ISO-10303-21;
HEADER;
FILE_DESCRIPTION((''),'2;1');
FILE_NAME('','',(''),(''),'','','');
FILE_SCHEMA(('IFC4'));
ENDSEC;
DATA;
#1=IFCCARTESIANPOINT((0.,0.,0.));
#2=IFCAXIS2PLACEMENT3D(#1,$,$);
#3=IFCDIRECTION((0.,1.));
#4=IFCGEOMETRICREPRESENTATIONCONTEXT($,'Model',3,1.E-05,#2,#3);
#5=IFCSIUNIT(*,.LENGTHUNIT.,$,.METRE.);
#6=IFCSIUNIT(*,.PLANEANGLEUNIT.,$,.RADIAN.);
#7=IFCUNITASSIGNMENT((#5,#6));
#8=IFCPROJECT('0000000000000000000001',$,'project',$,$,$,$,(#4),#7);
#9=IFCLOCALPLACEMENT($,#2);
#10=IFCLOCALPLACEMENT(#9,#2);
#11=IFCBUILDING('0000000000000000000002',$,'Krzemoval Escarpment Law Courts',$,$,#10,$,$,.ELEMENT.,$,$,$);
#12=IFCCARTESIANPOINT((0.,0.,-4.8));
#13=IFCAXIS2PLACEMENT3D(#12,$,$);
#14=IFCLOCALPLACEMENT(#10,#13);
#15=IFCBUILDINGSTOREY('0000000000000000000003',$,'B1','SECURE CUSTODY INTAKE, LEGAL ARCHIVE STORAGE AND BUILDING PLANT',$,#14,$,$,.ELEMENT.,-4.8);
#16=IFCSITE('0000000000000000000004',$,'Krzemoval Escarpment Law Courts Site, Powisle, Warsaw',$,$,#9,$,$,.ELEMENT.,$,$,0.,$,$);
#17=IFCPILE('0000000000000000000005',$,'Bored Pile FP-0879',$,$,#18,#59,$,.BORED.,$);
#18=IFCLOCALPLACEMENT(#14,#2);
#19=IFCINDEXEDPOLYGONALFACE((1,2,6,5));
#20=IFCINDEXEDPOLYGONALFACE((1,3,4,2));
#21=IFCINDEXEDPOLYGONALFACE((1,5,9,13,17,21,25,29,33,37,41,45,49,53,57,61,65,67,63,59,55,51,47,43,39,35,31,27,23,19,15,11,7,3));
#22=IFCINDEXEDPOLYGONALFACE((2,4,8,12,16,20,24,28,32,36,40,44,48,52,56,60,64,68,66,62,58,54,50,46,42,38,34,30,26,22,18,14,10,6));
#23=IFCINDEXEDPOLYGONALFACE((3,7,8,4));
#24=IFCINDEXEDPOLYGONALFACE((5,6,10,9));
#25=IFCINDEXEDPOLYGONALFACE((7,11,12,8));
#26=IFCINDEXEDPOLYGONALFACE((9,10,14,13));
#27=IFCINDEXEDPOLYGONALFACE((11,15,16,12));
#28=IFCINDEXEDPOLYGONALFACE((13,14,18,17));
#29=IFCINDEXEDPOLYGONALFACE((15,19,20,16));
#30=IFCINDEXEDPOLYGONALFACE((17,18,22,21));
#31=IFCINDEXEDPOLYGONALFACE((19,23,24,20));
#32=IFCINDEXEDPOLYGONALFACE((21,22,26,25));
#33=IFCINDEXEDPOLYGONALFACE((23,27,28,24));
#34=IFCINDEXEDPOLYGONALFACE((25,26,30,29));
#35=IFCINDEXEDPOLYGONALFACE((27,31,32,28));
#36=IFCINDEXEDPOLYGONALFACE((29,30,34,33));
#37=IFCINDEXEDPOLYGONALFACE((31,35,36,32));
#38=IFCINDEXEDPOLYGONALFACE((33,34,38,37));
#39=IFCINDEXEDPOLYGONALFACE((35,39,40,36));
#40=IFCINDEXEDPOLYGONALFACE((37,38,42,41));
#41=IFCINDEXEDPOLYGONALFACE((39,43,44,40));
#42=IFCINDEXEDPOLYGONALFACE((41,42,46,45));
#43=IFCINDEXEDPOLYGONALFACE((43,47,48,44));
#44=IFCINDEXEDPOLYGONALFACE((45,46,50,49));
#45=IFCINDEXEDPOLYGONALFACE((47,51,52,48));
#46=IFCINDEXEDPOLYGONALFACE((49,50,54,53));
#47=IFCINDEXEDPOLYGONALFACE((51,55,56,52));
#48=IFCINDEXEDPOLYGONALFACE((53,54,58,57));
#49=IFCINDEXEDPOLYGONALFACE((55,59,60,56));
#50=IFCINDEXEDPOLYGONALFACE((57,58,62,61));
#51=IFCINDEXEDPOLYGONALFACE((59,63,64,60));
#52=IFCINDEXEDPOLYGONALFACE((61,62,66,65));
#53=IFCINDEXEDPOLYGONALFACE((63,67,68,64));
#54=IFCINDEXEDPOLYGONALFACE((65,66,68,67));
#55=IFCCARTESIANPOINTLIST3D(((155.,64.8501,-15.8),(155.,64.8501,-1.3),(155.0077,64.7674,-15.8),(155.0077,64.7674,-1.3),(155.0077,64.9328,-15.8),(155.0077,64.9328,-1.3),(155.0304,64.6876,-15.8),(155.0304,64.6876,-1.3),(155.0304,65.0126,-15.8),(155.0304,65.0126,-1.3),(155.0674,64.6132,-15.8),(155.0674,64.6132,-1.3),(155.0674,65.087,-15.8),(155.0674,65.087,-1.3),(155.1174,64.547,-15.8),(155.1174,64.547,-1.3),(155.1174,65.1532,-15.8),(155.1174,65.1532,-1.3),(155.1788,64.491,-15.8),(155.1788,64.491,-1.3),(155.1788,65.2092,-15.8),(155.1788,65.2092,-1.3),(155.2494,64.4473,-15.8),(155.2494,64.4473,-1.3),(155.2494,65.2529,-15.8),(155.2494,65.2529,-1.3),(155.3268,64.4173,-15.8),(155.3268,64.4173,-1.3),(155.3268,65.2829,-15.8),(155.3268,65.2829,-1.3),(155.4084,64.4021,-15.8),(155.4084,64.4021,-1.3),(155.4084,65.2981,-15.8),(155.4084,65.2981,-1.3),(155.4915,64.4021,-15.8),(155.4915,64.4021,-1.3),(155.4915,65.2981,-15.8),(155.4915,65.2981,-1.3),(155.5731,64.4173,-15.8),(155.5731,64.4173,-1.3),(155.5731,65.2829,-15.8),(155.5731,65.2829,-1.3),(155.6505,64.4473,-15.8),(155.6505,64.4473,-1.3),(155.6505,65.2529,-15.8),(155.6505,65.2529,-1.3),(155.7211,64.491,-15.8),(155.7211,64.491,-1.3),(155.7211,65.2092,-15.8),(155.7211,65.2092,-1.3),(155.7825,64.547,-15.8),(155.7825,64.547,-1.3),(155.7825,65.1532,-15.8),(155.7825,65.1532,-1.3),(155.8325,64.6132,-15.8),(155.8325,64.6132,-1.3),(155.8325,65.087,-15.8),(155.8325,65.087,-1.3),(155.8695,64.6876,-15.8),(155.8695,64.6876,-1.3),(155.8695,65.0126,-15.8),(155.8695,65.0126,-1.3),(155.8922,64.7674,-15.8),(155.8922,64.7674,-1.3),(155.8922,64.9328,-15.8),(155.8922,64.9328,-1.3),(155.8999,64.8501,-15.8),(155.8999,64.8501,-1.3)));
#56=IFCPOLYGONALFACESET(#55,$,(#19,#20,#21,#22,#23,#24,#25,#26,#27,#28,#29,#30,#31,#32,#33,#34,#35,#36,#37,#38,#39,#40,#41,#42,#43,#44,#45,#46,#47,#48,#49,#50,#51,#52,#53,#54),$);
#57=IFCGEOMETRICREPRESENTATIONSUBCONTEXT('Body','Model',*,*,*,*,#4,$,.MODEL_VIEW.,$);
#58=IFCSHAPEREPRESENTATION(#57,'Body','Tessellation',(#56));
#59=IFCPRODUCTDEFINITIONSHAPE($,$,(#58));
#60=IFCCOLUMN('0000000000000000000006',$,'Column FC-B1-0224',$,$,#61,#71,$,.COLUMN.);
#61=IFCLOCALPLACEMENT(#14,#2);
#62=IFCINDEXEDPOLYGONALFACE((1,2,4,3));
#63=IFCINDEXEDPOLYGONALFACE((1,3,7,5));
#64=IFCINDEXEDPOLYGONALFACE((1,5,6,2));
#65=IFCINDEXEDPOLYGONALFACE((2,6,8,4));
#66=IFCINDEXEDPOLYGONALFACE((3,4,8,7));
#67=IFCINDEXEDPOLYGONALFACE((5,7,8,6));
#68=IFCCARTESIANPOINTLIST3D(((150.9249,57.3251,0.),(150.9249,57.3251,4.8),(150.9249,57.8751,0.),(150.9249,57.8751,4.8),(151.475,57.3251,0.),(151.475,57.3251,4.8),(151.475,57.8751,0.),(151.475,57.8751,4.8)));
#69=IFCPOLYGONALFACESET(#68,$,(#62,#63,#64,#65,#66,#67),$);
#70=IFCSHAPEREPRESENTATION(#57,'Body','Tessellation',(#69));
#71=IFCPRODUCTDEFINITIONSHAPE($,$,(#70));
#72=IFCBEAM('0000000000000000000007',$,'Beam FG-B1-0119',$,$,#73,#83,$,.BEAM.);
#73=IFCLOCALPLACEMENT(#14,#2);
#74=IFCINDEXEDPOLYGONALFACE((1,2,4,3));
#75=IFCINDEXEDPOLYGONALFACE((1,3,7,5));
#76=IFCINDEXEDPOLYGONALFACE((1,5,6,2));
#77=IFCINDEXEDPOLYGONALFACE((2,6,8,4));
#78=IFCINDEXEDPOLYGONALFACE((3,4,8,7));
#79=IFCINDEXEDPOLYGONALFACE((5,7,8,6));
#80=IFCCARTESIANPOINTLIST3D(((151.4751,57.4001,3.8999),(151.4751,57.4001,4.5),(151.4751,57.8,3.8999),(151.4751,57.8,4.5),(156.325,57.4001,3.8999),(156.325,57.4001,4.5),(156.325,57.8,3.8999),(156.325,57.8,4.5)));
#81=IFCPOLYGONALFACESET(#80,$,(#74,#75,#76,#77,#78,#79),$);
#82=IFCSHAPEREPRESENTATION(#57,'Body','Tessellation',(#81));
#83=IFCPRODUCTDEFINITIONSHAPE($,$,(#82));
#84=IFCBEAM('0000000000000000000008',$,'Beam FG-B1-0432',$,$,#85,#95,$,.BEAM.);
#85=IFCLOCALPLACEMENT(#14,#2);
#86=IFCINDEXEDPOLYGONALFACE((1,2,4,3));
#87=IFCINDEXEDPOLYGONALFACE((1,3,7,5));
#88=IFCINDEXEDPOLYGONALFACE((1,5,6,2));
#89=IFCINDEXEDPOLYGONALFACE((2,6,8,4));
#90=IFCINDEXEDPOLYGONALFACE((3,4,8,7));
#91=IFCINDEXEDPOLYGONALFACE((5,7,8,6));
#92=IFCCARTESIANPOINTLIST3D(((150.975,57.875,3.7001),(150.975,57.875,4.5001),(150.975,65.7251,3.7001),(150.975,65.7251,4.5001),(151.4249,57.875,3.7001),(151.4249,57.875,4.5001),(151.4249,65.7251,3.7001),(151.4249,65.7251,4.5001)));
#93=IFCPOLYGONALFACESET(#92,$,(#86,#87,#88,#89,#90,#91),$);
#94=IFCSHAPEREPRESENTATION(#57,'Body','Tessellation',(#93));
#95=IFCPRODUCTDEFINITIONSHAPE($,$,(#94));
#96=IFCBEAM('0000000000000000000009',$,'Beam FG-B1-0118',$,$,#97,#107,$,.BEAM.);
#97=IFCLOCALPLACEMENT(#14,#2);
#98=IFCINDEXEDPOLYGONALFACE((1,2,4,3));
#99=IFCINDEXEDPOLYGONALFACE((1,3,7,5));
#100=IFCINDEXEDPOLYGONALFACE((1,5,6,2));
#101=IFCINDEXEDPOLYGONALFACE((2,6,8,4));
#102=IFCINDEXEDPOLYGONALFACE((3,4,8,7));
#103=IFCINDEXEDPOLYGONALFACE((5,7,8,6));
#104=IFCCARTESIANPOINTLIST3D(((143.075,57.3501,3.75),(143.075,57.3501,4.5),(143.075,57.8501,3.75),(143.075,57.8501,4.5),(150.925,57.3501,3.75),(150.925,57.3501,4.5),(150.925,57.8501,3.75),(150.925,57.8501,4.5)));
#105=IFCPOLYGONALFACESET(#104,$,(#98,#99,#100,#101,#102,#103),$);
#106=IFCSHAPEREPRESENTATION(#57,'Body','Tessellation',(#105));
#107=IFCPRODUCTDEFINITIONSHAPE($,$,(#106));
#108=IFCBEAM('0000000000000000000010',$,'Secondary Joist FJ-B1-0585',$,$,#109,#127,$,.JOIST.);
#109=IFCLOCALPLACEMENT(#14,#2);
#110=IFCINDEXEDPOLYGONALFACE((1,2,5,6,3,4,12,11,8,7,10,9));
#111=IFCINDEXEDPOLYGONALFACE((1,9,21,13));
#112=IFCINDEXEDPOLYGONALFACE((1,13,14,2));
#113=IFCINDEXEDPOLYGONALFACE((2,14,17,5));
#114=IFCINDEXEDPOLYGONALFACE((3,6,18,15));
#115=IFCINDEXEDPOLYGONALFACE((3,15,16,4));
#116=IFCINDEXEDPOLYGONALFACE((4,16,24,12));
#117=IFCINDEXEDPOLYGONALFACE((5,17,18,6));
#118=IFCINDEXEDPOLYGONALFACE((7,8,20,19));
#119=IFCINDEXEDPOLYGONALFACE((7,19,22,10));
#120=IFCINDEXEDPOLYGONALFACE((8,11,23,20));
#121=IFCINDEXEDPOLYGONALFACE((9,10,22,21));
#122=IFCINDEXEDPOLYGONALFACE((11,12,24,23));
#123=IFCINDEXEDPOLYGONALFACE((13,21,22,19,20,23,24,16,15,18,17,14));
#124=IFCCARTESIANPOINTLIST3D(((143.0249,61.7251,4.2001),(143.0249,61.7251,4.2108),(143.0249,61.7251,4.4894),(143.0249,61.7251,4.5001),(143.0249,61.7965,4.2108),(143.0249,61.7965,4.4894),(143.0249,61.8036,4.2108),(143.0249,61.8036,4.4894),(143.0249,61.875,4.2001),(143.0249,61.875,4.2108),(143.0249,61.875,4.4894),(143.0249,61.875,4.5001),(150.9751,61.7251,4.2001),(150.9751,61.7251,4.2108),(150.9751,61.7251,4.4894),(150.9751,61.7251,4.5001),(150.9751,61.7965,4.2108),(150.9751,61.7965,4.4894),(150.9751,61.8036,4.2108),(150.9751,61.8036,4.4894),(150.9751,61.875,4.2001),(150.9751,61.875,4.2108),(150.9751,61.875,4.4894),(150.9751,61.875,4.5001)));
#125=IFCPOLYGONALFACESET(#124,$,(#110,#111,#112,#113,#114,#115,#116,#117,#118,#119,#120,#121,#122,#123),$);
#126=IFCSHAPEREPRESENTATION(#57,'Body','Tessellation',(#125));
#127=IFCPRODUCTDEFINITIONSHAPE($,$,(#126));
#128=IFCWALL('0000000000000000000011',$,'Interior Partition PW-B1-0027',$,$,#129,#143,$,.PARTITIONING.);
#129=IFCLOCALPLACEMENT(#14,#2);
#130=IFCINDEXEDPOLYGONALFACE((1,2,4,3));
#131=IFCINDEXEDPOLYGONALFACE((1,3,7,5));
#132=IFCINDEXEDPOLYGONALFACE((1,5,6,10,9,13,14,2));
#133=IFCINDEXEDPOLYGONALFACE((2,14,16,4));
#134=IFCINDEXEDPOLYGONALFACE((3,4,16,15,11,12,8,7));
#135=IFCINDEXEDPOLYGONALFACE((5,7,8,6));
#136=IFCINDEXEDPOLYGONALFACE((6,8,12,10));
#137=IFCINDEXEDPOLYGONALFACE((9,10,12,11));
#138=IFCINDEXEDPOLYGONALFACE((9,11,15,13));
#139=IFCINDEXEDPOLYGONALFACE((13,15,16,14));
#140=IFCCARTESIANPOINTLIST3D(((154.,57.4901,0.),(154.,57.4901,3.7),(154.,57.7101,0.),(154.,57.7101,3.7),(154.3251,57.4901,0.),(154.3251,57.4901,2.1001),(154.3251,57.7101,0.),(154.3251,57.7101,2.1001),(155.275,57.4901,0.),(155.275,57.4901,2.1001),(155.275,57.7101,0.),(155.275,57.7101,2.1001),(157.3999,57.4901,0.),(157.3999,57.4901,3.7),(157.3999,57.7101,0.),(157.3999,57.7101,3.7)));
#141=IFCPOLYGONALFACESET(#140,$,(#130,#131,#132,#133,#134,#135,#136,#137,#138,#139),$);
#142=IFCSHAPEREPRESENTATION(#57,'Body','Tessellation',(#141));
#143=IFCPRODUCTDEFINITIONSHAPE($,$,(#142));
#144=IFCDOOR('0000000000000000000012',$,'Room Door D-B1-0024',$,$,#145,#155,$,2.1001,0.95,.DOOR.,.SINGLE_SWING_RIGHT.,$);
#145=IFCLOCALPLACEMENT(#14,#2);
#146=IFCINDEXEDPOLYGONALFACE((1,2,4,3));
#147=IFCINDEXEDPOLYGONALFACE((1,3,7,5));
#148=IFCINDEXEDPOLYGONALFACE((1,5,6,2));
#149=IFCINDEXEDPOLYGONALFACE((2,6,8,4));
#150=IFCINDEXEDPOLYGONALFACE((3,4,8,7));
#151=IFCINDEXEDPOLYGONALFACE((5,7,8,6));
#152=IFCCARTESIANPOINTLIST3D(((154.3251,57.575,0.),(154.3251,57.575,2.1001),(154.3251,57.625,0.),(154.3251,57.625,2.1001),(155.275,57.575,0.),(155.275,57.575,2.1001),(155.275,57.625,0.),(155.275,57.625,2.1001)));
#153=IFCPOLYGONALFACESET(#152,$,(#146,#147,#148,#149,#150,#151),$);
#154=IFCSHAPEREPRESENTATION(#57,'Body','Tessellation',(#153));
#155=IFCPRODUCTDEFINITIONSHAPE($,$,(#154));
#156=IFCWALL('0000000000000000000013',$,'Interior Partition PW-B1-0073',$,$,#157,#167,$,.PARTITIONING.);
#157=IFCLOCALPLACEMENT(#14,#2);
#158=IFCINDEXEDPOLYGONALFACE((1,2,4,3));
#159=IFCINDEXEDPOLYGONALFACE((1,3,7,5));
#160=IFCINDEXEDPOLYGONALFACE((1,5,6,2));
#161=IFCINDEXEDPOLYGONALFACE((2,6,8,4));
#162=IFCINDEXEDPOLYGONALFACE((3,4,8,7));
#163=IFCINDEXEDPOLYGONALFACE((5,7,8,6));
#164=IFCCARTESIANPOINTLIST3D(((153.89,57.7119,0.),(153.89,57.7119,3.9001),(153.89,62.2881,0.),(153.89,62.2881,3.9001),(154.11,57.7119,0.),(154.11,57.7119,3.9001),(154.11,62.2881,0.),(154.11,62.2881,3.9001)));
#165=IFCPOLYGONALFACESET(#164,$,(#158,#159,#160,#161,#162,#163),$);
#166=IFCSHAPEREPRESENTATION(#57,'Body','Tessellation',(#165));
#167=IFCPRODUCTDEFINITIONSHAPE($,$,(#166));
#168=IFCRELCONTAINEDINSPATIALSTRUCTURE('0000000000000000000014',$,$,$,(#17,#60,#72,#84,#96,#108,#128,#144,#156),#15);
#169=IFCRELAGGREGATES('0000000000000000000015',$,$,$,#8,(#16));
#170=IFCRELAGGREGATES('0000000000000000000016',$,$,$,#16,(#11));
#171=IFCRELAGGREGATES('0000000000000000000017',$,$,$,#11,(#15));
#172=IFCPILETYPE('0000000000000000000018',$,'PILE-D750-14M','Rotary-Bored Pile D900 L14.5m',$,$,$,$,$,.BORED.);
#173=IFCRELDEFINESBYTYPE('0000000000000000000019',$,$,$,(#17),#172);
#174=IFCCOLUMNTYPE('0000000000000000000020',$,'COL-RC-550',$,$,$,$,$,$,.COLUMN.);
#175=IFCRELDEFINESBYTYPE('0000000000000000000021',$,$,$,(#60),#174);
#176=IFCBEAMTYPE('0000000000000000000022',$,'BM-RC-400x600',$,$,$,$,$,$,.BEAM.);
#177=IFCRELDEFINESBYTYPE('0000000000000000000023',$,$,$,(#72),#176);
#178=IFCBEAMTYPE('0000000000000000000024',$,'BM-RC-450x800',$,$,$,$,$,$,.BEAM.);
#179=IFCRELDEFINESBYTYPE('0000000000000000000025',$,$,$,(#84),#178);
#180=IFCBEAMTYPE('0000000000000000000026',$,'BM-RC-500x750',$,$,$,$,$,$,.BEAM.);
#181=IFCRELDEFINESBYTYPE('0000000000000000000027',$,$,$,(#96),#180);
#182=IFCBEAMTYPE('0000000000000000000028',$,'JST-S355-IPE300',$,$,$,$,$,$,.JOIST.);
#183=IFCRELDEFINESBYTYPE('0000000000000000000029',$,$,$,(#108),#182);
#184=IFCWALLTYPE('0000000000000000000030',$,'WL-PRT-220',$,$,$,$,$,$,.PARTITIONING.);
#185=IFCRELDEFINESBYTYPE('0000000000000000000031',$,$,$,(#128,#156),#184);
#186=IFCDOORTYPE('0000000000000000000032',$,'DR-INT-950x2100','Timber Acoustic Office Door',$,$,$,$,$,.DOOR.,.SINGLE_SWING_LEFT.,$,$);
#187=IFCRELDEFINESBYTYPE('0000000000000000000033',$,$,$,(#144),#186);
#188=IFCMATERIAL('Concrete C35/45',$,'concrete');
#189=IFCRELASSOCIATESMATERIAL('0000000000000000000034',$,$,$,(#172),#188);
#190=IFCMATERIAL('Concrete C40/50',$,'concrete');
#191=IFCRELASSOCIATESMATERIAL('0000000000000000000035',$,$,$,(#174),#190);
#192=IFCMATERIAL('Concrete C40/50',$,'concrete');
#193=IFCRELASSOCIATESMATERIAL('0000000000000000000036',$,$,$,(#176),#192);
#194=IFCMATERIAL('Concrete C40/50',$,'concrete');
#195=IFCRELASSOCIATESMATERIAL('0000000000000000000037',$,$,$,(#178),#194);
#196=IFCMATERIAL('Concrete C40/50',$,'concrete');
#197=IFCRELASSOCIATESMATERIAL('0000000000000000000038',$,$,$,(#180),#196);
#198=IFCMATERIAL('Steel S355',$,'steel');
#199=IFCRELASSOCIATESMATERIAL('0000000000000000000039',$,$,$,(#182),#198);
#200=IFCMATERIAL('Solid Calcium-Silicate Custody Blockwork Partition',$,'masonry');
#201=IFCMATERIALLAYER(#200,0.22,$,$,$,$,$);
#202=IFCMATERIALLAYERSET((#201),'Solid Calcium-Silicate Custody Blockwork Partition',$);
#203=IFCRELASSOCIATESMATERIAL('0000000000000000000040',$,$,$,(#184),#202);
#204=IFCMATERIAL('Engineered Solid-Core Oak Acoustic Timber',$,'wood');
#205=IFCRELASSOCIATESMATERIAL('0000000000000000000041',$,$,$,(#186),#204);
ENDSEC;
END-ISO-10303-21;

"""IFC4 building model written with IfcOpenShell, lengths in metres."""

from ifc_helpers import new_model, si_unit, direction, frame, frame_2d, origin, origin_2d, place, context, subcontext, project, spatial, rectangle, circle, i_section, extrude, material, layer, layer_set, material_profile, profile_set, type_object, element, fill, save


model = new_model("IFC4")

# Units and contexts
model_context = context("Model", 3, precision=1e-05, world=origin(), true_north=direction((0.0, 1.0)))
body_context = subcontext(model_context, "Body", "Model", "MODEL_VIEW")
ifc_project = project(units=[si_unit("LENGTHUNIT", "METRE"), si_unit("PLANEANGLEUNIT", "RADIAN")], contexts=[model_context])

# Site, building, storey
site_placement = place(None, origin())
site = spatial("IfcSite", under=ifc_project, at=site_placement, Name="Krzemoval Escarpment Law Courts Site, Powisle, Warsaw", CompositionType="ELEMENT", RefElevation=0.0)
building_placement = place(site_placement, origin())
building = spatial("IfcBuilding", under=site, at=building_placement, Name="Krzemoval Escarpment Law Courts", CompositionType="ELEMENT")
storey_placement = place(building_placement, frame((0.0, 0.0, -4.8)))
storey = spatial("IfcBuildingStorey", under=building, at=storey_placement, Name="B1", Description="SECURE CUSTODY INTAKE, LEGAL ARCHIVE STORAGE AND BUILDING PLANT", CompositionType="ELEMENT", Elevation=-4.8)

# Pile
ifc_material_1 = material(Name="Concrete C35/45", Category="concrete")
ifc_material_profile_1 = material_profile(ifc_material_1, circle(Radius=0.45, at=origin_2d()), Name="PILE D900")
ifc_profile_set_1 = profile_set([ifc_material_profile_1], Name="Concrete C35/45")
pile_type = type_object("IfcPileType", Name="PILE-D750-14M", Description="Rotary-Bored Pile D900 L14.5m", PredefinedType="BORED", material=ifc_profile_set_1)
for number, where, z_axis, x_axis, name in (
    (1, (155.45, 64.8501, -1.3), (0.0, 0.0, -1.0), (1.0, 0.0, 0.0), "Bored Pile FP-0879"),
):
    element("IfcPile", number, at=place(storey_placement, frame(where, z_axis=z_axis, x_axis=x_axis)), inside=storey, type_object=pile_type, Name=name, PredefinedType="BORED", context=body_context, shape_type="SweptSolid", body=[
        extrude(circle(Radius=0.45, at=origin_2d()), origin(), (0.0, 0.0, 1.0), 14.5),
    ])

# Column
ifc_material_2 = material(Name="Concrete C40/50", Category="concrete")
ifc_material_profile_2 = material_profile(ifc_material_2, rectangle(XDim=0.55, YDim=0.55, at=origin_2d()), Name="RC 550x550")
ifc_profile_set_2 = profile_set([ifc_material_profile_2], Name="Concrete C40/50")
column_type = type_object("IfcColumnType", Name="COL-RC-550", PredefinedType="COLUMN", material=ifc_profile_set_2)
column_placement = place(storey_placement, frame((151.2, 57.6001, 0.0), z_axis=(0.0, 0.0, 1.0), x_axis=(1.0, 0.0, 0.0)))
element("IfcColumn", 2, at=column_placement, inside=storey, type_object=column_type, Name="Column FC-B1-0224", PredefinedType="COLUMN", context=body_context, shape_type="SweptSolid", body=[
    extrude(rectangle(XDim=0.55, YDim=0.55, at=origin_2d()), origin(), (0.0, 0.0, 1.0), 4.8),
])

# Beams
ifc_material_3 = material(Name="Concrete C40/50", Category="concrete")
ifc_material_profile_3 = material_profile(ifc_material_3, rectangle(XDim=0.3999, YDim=0.6001, at=origin_2d()), Name="RCB 400x600")
ifc_profile_set_3 = profile_set([ifc_material_profile_3], Name="Concrete C40/50")
beam_type_1 = type_object("IfcBeamType", Name="BM-RC-400x600", PredefinedType="BEAM", material=ifc_profile_set_3)
beam_1_placement = place(storey_placement, frame((151.4751, 57.6001, 4.2), z_axis=(1.0, 0.0, 0.0), x_axis=(0.0, 1.0, 0.0)))
element("IfcBeam", 3, at=beam_1_placement, inside=storey, type_object=beam_type_1, Name="Beam FG-B1-0119", PredefinedType="BEAM", context=body_context, shape_type="SweptSolid", body=[
    extrude(rectangle(XDim=0.3999, YDim=0.6001, at=origin_2d()), origin(), (0.0, 0.0, 1.0), 4.8499),
])
ifc_material_4 = material(Name="Concrete C40/50", Category="concrete")
ifc_material_profile_4 = material_profile(ifc_material_4, rectangle(XDim=0.45, YDim=0.8, at=origin_2d()), Name="RCB 450x800")
ifc_profile_set_4 = profile_set([ifc_material_profile_4], Name="Concrete C40/50")
beam_type_2 = type_object("IfcBeamType", Name="BM-RC-450x800", PredefinedType="BEAM", material=ifc_profile_set_4)
beam_2_placement = place(storey_placement, frame((151.2, 57.875, 4.1001), z_axis=(0.0, 1.0, 0.0), x_axis=(-1.0, 0.0, 0.0)))
element("IfcBeam", 4, at=beam_2_placement, inside=storey, type_object=beam_type_2, Name="Beam FG-B1-0432", PredefinedType="BEAM", context=body_context, shape_type="SweptSolid", body=[
    extrude(rectangle(XDim=0.45, YDim=0.8, at=origin_2d()), origin(), (0.0, 0.0, 1.0), 7.8501),
])
ifc_material_5 = material(Name="Concrete C40/50", Category="concrete")
ifc_material_profile_5 = material_profile(ifc_material_5, rectangle(XDim=0.5, YDim=0.75, at=origin_2d()), Name="RCB 500x750")
ifc_profile_set_5 = profile_set([ifc_material_profile_5], Name="Concrete C40/50")
beam_type_3 = type_object("IfcBeamType", Name="BM-RC-500x750", PredefinedType="BEAM", material=ifc_profile_set_5)
beam_3_placement = place(storey_placement, frame((143.075, 57.6001, 4.125), z_axis=(1.0, 0.0, 0.0), x_axis=(0.0, 1.0, 0.0)))
element("IfcBeam", 5, at=beam_3_placement, inside=storey, type_object=beam_type_3, Name="Beam FG-B1-0118", PredefinedType="BEAM", context=body_context, shape_type="SweptSolid", body=[
    extrude(rectangle(XDim=0.5, YDim=0.75, at=origin_2d()), origin(), (0.0, 0.0, 1.0), 7.8501),
])
ifc_material_6 = material(Name="Steel S355", Category="steel")
ifc_material_profile_6 = material_profile(ifc_material_6, i_section(OverallWidth=0.1499, OverallDepth=0.3, WebThickness=0.0071, FlangeThickness=0.0107, at=origin_2d()), Name="IPE 300")
ifc_profile_set_6 = profile_set([ifc_material_profile_6], Name="Steel S355")
beam_type_4 = type_object("IfcBeamType", Name="JST-S355-IPE300", PredefinedType="JOIST", material=ifc_profile_set_6)
beam_4_placement = place(storey_placement, frame((143.0249, 61.8, 4.3501), z_axis=(1.0, 0.0, 0.0), x_axis=(0.0, 1.0, 0.0)))
element("IfcBeam", 6, at=beam_4_placement, inside=storey, type_object=beam_type_4, Name="Secondary Joist FJ-B1-0585", PredefinedType="JOIST", context=body_context, shape_type="SweptSolid", body=[
    extrude(i_section(OverallWidth=0.1499, OverallDepth=0.3, WebThickness=0.0071, FlangeThickness=0.0107, at=origin_2d()), origin(), (0.0, 0.0, 1.0), 7.9502),
])

# Wall, opening, door
ifc_material_7 = material(Name="Solid Calcium-Silicate Custody Blockwork Partition", Category="masonry")
ifc_layer = layer(ifc_material_7, 0.22)
ifc_layer_set = layer_set([ifc_layer], Name="Solid Calcium-Silicate Custody Blockwork Partition")
wall_type = type_object("IfcWallType", Name="WL-PRT-220", PredefinedType="PARTITIONING", material=ifc_layer_set)
wall_1_placement = place(storey_placement, frame((154.0, 57.6001, 0.0), z_axis=(0.0, 0.0, 1.0), x_axis=(1.0, 0.0, 0.0)))
wall_1 = element("IfcWall", 7, at=wall_1_placement, inside=storey, type_object=wall_type, Name="Interior Partition PW-B1-0027", PredefinedType="PARTITIONING", context=body_context, shape_type="SweptSolid", body=[
    extrude(rectangle(XDim=3.3999, YDim=0.22, at=frame_2d((1.7, 0.0))), origin(), (0.0, 0.0, 1.0), 3.7),
])
opening_placement = place(wall_1_placement, frame((0.325, 0.0, 0.0)))
opening = element("IfcOpeningElement", 8, at=opening_placement, cuts=wall_1, PredefinedType="OPENING", context=body_context, shape_type="SweptSolid", body=[
    extrude(rectangle(XDim=0.95, YDim=2.1001, at=frame_2d((0.4751, 1.05))), frame((0.0, 0.125, 0.0), z_axis=(0.0, -1.0, 0.0), x_axis=(1.0, 0.0, 0.0)), (0.0, 0.0, 1.0), 0.25),
])
ifc_material_8 = material(Name="Engineered Solid-Core Oak Acoustic Timber", Category="wood")
door_type = type_object("IfcDoorType", Name="DR-INT-950x2100", Description="Timber Acoustic Office Door", OperationType="SINGLE_SWING_LEFT", PredefinedType="DOOR", material=ifc_material_8)
door_placement = place(opening_placement, origin())
door = element("IfcDoor", 9, at=door_placement, inside=storey, type_object=door_type, Name="Room Door D-B1-0024", OperationType="SINGLE_SWING_RIGHT", OverallHeight=2.1001, OverallWidth=0.95, PredefinedType="DOOR", context=body_context, shape_type="SweptSolid", body=[
    extrude(rectangle(XDim=0.95, YDim=2.1001, at=frame_2d((0.4751, 1.05))), frame((0.0, 0.0249, 0.0), z_axis=(0.0, -1.0, 0.0), x_axis=(1.0, 0.0, 0.0)), (0.0, 0.0, 1.0), 0.05),
])
fill(opening, door)

# Wall
wall_2_placement = place(storey_placement, frame((154.0, 57.7119, 0.0), z_axis=(0.0, 0.0, 1.0), x_axis=(0.0, 1.0, 0.0)))
element("IfcWall", 10, at=wall_2_placement, inside=storey, type_object=wall_type, Name="Interior Partition PW-B1-0073", PredefinedType="PARTITIONING", context=body_context, shape_type="SweptSolid", body=[
    extrude(rectangle(XDim=4.5762, YDim=0.22, at=frame_2d((2.2881, 0.0))), origin(), (0.0, 0.0, 1.0), 3.9001),
])

save(model, "model.ifc")
